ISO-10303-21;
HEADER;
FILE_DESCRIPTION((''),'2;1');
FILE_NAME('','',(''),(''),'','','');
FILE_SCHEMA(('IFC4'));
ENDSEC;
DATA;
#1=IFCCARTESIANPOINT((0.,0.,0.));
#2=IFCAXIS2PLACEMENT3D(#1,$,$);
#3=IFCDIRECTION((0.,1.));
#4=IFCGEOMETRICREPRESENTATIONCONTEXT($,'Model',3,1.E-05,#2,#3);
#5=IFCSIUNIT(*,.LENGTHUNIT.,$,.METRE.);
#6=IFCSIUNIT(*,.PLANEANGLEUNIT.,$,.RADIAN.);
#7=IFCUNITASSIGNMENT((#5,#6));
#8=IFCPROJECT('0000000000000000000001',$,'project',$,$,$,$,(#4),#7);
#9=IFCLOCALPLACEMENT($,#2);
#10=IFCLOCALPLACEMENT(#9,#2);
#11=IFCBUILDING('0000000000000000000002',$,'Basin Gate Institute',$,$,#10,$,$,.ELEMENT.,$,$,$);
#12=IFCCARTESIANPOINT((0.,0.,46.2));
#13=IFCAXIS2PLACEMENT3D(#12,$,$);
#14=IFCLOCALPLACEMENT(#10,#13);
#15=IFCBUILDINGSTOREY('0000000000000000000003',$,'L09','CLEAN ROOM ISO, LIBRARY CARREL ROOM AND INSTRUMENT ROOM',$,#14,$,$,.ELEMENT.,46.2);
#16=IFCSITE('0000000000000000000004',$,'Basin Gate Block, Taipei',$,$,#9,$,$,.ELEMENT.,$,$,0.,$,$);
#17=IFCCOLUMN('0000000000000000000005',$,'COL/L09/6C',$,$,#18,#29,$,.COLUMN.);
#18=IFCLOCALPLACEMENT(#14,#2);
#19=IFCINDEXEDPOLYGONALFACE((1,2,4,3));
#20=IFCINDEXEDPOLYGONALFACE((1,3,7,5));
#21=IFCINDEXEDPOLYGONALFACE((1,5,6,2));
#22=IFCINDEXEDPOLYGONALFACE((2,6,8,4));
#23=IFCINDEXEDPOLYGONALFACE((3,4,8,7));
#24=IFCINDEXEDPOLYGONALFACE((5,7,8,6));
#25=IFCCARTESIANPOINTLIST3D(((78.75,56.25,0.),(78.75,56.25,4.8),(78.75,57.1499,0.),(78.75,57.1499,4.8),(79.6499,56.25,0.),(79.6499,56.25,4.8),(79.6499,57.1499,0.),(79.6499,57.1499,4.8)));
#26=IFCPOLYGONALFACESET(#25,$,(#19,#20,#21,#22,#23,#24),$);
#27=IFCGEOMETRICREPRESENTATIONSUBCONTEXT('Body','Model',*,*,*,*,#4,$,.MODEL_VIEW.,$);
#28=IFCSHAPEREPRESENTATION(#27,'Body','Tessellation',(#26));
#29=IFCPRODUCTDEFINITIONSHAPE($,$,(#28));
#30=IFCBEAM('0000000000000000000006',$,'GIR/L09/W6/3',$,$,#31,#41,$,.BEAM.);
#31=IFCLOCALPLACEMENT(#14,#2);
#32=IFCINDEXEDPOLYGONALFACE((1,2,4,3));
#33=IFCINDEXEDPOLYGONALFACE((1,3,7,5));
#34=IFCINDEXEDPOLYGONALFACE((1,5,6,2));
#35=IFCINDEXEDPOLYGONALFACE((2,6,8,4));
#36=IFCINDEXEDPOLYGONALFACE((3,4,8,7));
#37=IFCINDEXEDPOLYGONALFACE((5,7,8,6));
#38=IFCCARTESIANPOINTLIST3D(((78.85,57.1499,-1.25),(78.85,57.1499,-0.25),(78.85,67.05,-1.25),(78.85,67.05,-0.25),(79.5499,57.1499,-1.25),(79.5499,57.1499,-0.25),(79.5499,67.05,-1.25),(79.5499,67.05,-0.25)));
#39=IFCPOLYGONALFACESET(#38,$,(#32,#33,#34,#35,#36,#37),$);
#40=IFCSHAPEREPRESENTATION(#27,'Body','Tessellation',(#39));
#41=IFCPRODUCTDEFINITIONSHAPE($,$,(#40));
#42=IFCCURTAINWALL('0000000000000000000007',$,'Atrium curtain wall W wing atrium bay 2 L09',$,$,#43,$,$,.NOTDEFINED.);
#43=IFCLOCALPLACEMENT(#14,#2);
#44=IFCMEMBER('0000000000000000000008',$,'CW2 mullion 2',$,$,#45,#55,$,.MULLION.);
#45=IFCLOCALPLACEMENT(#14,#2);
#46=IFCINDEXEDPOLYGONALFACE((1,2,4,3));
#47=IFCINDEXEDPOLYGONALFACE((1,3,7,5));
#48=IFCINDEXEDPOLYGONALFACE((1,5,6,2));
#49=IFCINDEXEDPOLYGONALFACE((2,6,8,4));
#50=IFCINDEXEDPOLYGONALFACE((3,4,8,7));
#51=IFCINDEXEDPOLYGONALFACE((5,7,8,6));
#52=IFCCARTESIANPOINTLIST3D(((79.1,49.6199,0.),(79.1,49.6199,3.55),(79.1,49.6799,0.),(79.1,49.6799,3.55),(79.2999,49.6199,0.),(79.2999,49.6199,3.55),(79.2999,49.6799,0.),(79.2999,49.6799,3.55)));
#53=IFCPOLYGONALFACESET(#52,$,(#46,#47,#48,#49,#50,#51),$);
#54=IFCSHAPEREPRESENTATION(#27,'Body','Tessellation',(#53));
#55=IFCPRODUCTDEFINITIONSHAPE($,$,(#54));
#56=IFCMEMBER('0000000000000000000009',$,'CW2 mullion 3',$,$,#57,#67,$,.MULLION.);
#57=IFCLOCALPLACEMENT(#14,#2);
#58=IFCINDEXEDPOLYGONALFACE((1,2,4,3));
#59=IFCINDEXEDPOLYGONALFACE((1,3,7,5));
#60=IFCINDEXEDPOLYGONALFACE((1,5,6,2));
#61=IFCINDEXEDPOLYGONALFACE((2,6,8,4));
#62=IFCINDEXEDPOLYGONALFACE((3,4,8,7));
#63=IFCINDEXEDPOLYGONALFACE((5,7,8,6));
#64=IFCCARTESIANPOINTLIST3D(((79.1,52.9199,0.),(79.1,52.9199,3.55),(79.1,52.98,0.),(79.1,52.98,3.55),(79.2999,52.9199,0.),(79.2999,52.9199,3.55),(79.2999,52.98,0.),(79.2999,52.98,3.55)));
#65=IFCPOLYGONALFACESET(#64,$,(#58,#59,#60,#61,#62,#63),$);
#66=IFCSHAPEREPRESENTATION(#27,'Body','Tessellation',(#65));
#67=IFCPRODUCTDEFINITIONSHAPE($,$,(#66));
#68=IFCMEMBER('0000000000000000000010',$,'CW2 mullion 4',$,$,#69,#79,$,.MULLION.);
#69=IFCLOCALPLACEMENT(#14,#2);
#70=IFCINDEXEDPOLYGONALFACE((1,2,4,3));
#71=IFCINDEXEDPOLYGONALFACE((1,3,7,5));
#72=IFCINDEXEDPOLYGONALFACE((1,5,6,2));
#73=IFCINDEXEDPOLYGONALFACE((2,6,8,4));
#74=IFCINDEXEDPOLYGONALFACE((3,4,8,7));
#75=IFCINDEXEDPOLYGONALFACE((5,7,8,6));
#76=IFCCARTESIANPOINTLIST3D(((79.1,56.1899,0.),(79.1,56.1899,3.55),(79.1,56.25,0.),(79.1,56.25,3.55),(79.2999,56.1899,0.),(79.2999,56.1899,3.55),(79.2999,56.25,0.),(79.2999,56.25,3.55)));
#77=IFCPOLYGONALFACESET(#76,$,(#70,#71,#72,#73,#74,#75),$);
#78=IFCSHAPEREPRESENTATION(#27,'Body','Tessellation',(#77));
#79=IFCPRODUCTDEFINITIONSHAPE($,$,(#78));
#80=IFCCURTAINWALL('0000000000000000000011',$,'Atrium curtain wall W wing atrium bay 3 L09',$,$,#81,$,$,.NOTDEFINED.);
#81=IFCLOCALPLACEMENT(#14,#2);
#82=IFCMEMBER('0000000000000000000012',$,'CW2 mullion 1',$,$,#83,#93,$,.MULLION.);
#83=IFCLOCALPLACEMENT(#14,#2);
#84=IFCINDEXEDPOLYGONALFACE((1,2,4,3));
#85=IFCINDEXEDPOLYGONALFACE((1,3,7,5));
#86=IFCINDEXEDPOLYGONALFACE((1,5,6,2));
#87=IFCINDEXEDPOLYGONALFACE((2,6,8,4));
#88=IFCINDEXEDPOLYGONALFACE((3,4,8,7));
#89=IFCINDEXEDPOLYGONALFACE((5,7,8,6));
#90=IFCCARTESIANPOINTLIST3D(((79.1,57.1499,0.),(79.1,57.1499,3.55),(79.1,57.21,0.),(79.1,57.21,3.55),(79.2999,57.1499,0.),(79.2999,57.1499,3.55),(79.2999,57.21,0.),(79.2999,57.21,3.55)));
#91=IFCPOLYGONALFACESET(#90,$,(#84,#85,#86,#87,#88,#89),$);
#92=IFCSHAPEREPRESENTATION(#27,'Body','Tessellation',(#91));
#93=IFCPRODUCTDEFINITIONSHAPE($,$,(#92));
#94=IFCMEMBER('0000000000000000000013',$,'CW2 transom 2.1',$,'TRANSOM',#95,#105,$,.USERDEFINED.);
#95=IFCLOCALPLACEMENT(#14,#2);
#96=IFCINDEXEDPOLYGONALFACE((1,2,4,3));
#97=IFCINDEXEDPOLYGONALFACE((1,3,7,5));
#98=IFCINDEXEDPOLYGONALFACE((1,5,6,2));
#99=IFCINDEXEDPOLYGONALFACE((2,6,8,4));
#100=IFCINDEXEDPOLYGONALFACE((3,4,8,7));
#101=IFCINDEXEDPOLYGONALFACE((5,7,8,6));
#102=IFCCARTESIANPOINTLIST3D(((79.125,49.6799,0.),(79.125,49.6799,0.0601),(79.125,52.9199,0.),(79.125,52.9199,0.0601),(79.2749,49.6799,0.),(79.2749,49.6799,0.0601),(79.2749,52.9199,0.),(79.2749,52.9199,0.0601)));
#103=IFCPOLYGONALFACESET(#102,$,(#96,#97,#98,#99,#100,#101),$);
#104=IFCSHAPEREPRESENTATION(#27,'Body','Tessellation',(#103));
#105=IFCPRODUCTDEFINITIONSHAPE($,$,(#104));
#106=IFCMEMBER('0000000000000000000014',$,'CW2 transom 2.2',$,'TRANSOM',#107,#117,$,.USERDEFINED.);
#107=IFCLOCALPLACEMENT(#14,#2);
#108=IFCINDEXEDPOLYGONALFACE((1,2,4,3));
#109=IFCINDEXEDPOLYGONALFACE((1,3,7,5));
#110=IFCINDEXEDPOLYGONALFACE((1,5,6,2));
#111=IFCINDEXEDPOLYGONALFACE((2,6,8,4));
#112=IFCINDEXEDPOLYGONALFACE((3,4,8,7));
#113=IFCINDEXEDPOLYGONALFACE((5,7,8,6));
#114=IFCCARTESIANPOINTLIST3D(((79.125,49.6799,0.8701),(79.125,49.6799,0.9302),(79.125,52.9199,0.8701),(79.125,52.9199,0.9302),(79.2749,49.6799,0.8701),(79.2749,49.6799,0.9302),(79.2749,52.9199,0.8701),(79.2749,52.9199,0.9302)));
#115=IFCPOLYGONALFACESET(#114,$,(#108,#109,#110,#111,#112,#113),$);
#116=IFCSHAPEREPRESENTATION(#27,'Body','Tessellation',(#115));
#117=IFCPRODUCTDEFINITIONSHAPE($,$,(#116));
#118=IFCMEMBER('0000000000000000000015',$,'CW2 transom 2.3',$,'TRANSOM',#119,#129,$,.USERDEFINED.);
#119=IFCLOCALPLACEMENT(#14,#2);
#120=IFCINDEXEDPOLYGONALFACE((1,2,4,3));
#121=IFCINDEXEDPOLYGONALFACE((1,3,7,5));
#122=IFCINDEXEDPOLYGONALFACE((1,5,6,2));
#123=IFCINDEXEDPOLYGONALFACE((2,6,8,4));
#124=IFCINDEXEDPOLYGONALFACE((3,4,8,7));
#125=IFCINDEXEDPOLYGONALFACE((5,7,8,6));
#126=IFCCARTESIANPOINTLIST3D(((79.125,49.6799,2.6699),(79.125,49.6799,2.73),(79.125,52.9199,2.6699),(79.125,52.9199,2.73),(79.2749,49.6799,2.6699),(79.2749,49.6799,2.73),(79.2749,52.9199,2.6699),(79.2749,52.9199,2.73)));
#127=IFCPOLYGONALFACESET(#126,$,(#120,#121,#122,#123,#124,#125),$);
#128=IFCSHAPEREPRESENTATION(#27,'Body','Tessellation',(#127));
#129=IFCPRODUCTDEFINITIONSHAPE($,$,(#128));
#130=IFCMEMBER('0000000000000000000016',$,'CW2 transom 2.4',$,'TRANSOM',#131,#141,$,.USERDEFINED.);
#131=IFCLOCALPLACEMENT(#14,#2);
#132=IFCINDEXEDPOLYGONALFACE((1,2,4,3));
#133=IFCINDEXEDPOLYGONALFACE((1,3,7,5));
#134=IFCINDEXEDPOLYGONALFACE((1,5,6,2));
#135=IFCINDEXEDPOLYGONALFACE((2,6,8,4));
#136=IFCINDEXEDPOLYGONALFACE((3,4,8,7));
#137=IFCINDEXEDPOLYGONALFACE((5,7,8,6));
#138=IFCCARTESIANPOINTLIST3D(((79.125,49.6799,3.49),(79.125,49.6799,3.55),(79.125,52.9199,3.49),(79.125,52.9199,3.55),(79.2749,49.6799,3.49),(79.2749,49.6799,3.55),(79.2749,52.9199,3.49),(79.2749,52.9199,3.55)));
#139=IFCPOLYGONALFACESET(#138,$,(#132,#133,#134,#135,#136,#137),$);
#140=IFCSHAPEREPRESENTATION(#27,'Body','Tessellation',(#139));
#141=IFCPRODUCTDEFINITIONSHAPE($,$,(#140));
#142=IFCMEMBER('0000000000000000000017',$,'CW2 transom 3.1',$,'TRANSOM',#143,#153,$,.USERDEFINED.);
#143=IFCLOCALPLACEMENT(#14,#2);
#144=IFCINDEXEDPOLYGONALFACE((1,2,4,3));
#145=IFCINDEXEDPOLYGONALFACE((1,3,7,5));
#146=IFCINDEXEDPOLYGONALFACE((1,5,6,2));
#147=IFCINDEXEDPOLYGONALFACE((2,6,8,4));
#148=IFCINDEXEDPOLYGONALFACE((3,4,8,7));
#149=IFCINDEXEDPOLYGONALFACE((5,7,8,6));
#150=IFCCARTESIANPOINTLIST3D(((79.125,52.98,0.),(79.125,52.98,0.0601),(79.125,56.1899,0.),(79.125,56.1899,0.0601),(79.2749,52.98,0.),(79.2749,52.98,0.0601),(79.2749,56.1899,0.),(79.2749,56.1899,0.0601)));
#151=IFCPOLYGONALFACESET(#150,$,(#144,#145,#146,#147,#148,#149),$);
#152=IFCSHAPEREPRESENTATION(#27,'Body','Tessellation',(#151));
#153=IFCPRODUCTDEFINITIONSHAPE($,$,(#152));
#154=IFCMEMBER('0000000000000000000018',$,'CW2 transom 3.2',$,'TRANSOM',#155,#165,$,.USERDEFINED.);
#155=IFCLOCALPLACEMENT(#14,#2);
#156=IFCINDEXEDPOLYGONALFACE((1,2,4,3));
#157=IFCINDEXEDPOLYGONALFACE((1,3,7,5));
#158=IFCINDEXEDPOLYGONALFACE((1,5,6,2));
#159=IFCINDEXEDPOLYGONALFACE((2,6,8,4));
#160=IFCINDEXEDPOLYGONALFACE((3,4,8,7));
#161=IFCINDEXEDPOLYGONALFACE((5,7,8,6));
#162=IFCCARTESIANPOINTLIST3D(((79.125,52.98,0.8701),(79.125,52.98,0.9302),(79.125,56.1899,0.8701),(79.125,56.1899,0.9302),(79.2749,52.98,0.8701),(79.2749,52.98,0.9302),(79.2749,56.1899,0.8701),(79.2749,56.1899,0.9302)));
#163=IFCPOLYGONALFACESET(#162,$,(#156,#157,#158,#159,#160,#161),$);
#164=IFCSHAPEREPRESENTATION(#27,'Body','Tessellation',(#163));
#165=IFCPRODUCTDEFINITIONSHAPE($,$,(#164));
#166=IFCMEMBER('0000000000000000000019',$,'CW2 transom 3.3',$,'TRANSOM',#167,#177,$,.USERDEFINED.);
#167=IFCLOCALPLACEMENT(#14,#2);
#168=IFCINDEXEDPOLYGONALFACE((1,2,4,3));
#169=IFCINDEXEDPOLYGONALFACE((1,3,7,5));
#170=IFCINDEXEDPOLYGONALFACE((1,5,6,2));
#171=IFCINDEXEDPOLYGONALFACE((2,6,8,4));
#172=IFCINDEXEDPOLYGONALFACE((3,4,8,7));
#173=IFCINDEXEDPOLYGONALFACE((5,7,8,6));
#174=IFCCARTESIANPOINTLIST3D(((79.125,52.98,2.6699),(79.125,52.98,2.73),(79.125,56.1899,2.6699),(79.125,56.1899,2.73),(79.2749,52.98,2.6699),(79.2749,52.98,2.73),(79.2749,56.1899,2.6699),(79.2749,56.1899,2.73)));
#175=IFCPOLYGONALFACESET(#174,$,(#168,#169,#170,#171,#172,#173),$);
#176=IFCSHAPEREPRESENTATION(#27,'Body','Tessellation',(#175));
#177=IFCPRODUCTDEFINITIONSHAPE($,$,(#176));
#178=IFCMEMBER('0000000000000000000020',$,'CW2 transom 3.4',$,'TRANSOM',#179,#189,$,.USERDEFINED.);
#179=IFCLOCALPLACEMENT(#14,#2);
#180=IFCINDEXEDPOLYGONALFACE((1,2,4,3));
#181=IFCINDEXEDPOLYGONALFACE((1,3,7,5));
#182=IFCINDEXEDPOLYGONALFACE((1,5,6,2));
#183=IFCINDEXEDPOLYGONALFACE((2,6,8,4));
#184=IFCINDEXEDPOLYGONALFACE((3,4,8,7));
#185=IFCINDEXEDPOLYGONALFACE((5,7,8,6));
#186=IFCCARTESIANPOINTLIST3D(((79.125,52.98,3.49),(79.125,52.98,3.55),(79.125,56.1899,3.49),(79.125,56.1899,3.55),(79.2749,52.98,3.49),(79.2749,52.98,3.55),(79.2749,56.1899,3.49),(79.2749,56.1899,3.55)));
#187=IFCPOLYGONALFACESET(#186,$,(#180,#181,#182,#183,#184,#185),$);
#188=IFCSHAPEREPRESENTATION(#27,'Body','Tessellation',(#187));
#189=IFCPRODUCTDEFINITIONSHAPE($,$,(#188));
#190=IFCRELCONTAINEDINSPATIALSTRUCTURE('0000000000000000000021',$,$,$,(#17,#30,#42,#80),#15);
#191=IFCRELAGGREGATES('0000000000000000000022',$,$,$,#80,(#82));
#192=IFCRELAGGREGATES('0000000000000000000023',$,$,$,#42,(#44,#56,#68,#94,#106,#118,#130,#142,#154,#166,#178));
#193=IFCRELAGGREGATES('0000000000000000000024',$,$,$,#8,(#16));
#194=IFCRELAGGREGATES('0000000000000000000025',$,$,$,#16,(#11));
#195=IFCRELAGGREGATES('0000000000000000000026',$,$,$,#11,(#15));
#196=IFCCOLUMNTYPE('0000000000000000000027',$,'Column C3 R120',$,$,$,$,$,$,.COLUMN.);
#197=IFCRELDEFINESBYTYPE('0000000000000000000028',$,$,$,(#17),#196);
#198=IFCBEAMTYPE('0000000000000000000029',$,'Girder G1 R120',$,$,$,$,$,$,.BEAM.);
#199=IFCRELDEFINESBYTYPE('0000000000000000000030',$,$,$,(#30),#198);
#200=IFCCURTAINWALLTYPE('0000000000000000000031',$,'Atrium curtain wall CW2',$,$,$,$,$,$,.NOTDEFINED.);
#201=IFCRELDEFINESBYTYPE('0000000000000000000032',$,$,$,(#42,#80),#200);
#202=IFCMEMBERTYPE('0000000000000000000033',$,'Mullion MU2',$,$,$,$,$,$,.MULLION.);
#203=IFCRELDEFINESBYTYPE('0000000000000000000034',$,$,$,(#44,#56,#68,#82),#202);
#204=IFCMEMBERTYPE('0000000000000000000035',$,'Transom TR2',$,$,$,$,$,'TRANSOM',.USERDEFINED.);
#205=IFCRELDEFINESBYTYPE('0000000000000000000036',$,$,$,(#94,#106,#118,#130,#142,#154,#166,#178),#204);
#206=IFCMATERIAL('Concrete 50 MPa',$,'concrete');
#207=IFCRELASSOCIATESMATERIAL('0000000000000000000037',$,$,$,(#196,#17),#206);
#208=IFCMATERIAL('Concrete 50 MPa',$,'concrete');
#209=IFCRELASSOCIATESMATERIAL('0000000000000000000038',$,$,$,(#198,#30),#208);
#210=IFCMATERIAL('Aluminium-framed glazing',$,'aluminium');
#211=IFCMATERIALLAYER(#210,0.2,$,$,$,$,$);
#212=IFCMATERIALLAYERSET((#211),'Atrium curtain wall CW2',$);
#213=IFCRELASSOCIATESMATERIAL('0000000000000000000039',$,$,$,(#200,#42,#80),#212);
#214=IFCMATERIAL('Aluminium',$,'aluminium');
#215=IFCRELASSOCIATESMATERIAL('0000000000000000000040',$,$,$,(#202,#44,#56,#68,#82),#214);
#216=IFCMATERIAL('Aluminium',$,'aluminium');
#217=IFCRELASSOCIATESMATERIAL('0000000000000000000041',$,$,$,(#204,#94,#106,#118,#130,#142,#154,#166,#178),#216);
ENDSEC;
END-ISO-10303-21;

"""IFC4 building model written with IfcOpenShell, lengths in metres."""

from ifc_helpers import new_model, si_unit, direction, frame, origin, origin_2d, place, context, subcontext, project, spatial, rectangle, extrude, material, layer, layer_set, material_profile, profile_set, type_object, element, aggregate, save


model = new_model("IFC4")

# Units and contexts
model_context = context("Model", 3, precision=1e-05, world=origin(), true_north=direction((0.0, 1.0)))
body_context = subcontext(model_context, "Body", "Model", "MODEL_VIEW")
ifc_project = project(units=[si_unit("LENGTHUNIT", "METRE"), si_unit("PLANEANGLEUNIT", "RADIAN")], contexts=[model_context])

# Site, building, storey
site_placement = place(None, origin())
site = spatial("IfcSite", under=ifc_project, at=site_placement, Name="Basin Gate Block, Taipei", CompositionType="ELEMENT", RefElevation=0.0)
building_placement = place(site_placement, origin())
building = spatial("IfcBuilding", under=site, at=building_placement, Name="Basin Gate Institute", CompositionType="ELEMENT")
storey_placement = place(building_placement, frame((0.0, 0.0, 46.2)))
storey = spatial("IfcBuildingStorey", under=building, at=storey_placement, Name="L09", Description="CLEAN ROOM ISO, LIBRARY CARREL ROOM AND INSTRUMENT ROOM", CompositionType="ELEMENT", Elevation=46.2)

# Column
ifc_material_1 = material(Name="Concrete 50 MPa", Category="concrete")
ifc_material_profile_1 = material_profile(ifc_material_1, rectangle(XDim=0.8999, YDim=0.8999, at=origin_2d()), Name="Column C3 900 x 900")
ifc_profile_set_1 = profile_set([ifc_material_profile_1], Name="Concrete 50 MPa")
column_type = type_object("IfcColumnType", Name="Column C3 R120", PredefinedType="COLUMN", material=ifc_profile_set_1)
column_placement = place(storey_placement, frame((79.2, 56.7, 0.0), z_axis=(0.0, 0.0, 1.0), x_axis=(1.0, 0.0, 0.0)))
element("IfcColumn", 1, at=column_placement, inside=storey, type_object=column_type, material=ifc_profile_set_1, Name="COL/L09/6C", PredefinedType="COLUMN", context=body_context, shape_type="SweptSolid", body=[
    extrude(rectangle(XDim=0.8999, YDim=0.8999, at=origin_2d()), origin(), (0.0, 0.0, 1.0), 4.8),
])

# Beam
ifc_material_2 = material(Name="Concrete 50 MPa", Category="concrete")
ifc_material_profile_2 = material_profile(ifc_material_2, rectangle(XDim=0.7, YDim=1.0, at=origin_2d()), Name="Girder G1 700 x 1000")
ifc_profile_set_2 = profile_set([ifc_material_profile_2], Name="Concrete 50 MPa")
beam_type = type_object("IfcBeamType", Name="Girder G1 R120", PredefinedType="BEAM", material=ifc_profile_set_2)
beam_placement = place(storey_placement, frame((79.2, 57.1499, -0.75), z_axis=(0.0, 1.0, 0.0), x_axis=(-1.0, 0.0, 0.0)))
element("IfcBeam", 2, at=beam_placement, inside=storey, type_object=beam_type, material=ifc_profile_set_2, Name="GIR/L09/W6/3", PredefinedType="BEAM", context=body_context, shape_type="SweptSolid", body=[
    extrude(rectangle(XDim=0.7, YDim=1.0, at=origin_2d()), origin(), (0.0, 0.0, 1.0), 9.9001),
])

# Curtain wall, members
ifc_material_3 = material(Name="Aluminium-framed glazing", Category="aluminium")
ifc_layer_1 = layer(ifc_material_3, 0.2)
ifc_layer_set_1 = layer_set([ifc_layer_1], Name="Atrium curtain wall CW2")
curtain_wall_type = type_object("IfcCurtainWallType", Name="Atrium curtain wall CW2", PredefinedType="NOTDEFINED", material=ifc_layer_set_1)
curtain_wall_1_placement = place(storey_placement, origin())
curtain_wall_1 = element("IfcCurtainWall", 3, at=curtain_wall_1_placement, inside=storey, type_object=curtain_wall_type, material=ifc_layer_set_1, Name="Atrium curtain wall W wing atrium bay 2 L09", PredefinedType="NOTDEFINED")
ifc_material_4 = material(Name="Aluminium", Category="aluminium")
ifc_material_profile_3 = material_profile(ifc_material_4, rectangle(XDim=0.2, YDim=0.0601, at=origin_2d()), Name="Mullion MU2 200 x 60")
ifc_profile_set_3 = profile_set([ifc_material_profile_3], Name="Aluminium")
member_type_1 = type_object("IfcMemberType", Name="Mullion MU2", PredefinedType="MULLION", material=ifc_profile_set_3)
member_1_placement = place(storey_placement, frame((79.2, 49.6499, 0.0), z_axis=(0.0, 0.0, 1.0), x_axis=(-1.0, 0.0, 0.0)))
member_1 = element("IfcMember", 4, at=member_1_placement, type_object=member_type_1, material=ifc_profile_set_3, Name="CW2 mullion 2", PredefinedType="MULLION", context=body_context, shape_type="SweptSolid", body=[
    extrude(rectangle(XDim=0.2, YDim=0.0601, at=origin_2d()), origin(), (0.0, 0.0, 1.0), 3.55),
])
member_2_placement = place(storey_placement, frame((79.2, 52.95, 0.0), z_axis=(0.0, 0.0, 1.0), x_axis=(-1.0, 0.0, 0.0)))
member_2 = element("IfcMember", 5, at=member_2_placement, type_object=member_type_1, material=ifc_profile_set_3, Name="CW2 mullion 3", PredefinedType="MULLION", context=body_context, shape_type="SweptSolid", body=[
    extrude(rectangle(XDim=0.2, YDim=0.0601, at=origin_2d()), origin(), (0.0, 0.0, 1.0), 3.55),
])
member_3_placement = place(storey_placement, frame((79.2, 56.22, 0.0), z_axis=(0.0, 0.0, 1.0), x_axis=(-1.0, 0.0, 0.0)))
member_3 = element("IfcMember", 6, at=member_3_placement, type_object=member_type_1, material=ifc_profile_set_3, Name="CW2 mullion 4", PredefinedType="MULLION", context=body_context, shape_type="SweptSolid", body=[
    extrude(rectangle(XDim=0.2, YDim=0.0601, at=origin_2d()), origin(), (0.0, 0.0, 1.0), 3.55),
])

# Curtain wall, member
curtain_wall_2_placement = place(storey_placement, origin())
curtain_wall_2 = element("IfcCurtainWall", 7, at=curtain_wall_2_placement, inside=storey, type_object=curtain_wall_type, material=ifc_layer_set_1, Name="Atrium curtain wall W wing atrium bay 3 L09", PredefinedType="NOTDEFINED")
member_4_placement = place(storey_placement, frame((79.2, 57.1799, 0.0), z_axis=(0.0, 0.0, 1.0), x_axis=(-1.0, 0.0, 0.0)))
member_4 = element("IfcMember", 8, at=member_4_placement, type_object=member_type_1, material=ifc_profile_set_3, Name="CW2 mullion 1", PredefinedType="MULLION", context=body_context, shape_type="SweptSolid", body=[
    extrude(rectangle(XDim=0.2, YDim=0.0601, at=origin_2d()), origin(), (0.0, 0.0, 1.0), 3.55),
])

# Members
ifc_material_5 = material(Name="Aluminium", Category="aluminium")
ifc_material_profile_4 = material_profile(ifc_material_5, rectangle(XDim=0.1499, YDim=0.0601, at=origin_2d()), Name="Transom TR2 150 x 60")
ifc_profile_set_4 = profile_set([ifc_material_profile_4], Name="Aluminium")
member_type_2 = type_object("IfcMemberType", Name="Transom TR2", ElementType="TRANSOM", PredefinedType="USERDEFINED", material=ifc_profile_set_4)
member_5_placement = place(storey_placement, frame((79.2, 49.6799, 0.03), z_axis=(0.0, 1.0, 0.0), x_axis=(-1.0, 0.0, 0.0)))
member_5 = element("IfcMember", 9, at=member_5_placement, type_object=member_type_2, material=ifc_profile_set_4, Name="CW2 transom 2.1", ObjectType="TRANSOM", PredefinedType="USERDEFINED", context=body_context, shape_type="SweptSolid", body=[
    extrude(rectangle(XDim=0.1499, YDim=0.0601, at=origin_2d()), origin(), (0.0, 0.0, 1.0), 3.24),
])
member_6_placement = place(storey_placement, frame((79.2, 49.6799, 0.9001), z_axis=(0.0, 1.0, 0.0), x_axis=(-1.0, 0.0, 0.0)))
member_6 = element("IfcMember", 10, at=member_6_placement, type_object=member_type_2, material=ifc_profile_set_4, Name="CW2 transom 2.2", ObjectType="TRANSOM", PredefinedType="USERDEFINED", context=body_context, shape_type="SweptSolid", body=[
    extrude(rectangle(XDim=0.1499, YDim=0.0601, at=origin_2d()), origin(), (0.0, 0.0, 1.0), 3.24),
])
member_7_placement = place(storey_placement, frame((79.2, 49.6799, 2.7), z_axis=(0.0, 1.0, 0.0), x_axis=(-1.0, 0.0, 0.0)))
member_7 = element("IfcMember", 11, at=member_7_placement, type_object=member_type_2, material=ifc_profile_set_4, Name="CW2 transom 2.3", ObjectType="TRANSOM", PredefinedType="USERDEFINED", context=body_context, shape_type="SweptSolid", body=[
    extrude(rectangle(XDim=0.1499, YDim=0.0601, at=origin_2d()), origin(), (0.0, 0.0, 1.0), 3.24),
])
member_8_placement = place(storey_placement, frame((79.2, 49.6799, 3.52), z_axis=(0.0, 1.0, 0.0), x_axis=(-1.0, 0.0, 0.0)))
member_8 = element("IfcMember", 12, at=member_8_placement, type_object=member_type_2, material=ifc_profile_set_4, Name="CW2 transom 2.4", ObjectType="TRANSOM", PredefinedType="USERDEFINED", context=body_context, shape_type="SweptSolid", body=[
    extrude(rectangle(XDim=0.1499, YDim=0.0601, at=origin_2d()), origin(), (0.0, 0.0, 1.0), 3.24),
])
member_9_placement = place(storey_placement, frame((79.2, 52.98, 0.03), z_axis=(0.0, 1.0, 0.0), x_axis=(-1.0, 0.0, 0.0)))
member_9 = element("IfcMember", 13, at=member_9_placement, type_object=member_type_2, material=ifc_profile_set_4, Name="CW2 transom 3.1", ObjectType="TRANSOM", PredefinedType="USERDEFINED", context=body_context, shape_type="SweptSolid", body=[
    extrude(rectangle(XDim=0.1499, YDim=0.0601, at=origin_2d()), origin(), (0.0, 0.0, 1.0), 3.21),
])
member_10_placement = place(storey_placement, frame((79.2, 52.98, 0.9001), z_axis=(0.0, 1.0, 0.0), x_axis=(-1.0, 0.0, 0.0)))
member_10 = element("IfcMember", 14, at=member_10_placement, type_object=member_type_2, material=ifc_profile_set_4, Name="CW2 transom 3.2", ObjectType="TRANSOM", PredefinedType="USERDEFINED", context=body_context, shape_type="SweptSolid", body=[
    extrude(rectangle(XDim=0.1499, YDim=0.0601, at=origin_2d()), origin(), (0.0, 0.0, 1.0), 3.21),
])
member_11_placement = place(storey_placement, frame((79.2, 52.98, 2.7), z_axis=(0.0, 1.0, 0.0), x_axis=(-1.0, 0.0, 0.0)))
member_11 = element("IfcMember", 15, at=member_11_placement, type_object=member_type_2, material=ifc_profile_set_4, Name="CW2 transom 3.3", ObjectType="TRANSOM", PredefinedType="USERDEFINED", context=body_context, shape_type="SweptSolid", body=[
    extrude(rectangle(XDim=0.1499, YDim=0.0601, at=origin_2d()), origin(), (0.0, 0.0, 1.0), 3.21),
])
member_12_placement = place(storey_placement, frame((79.2, 52.98, 3.52), z_axis=(0.0, 1.0, 0.0), x_axis=(-1.0, 0.0, 0.0)))
member_12 = element("IfcMember", 16, at=member_12_placement, type_object=member_type_2, material=ifc_profile_set_4, Name="CW2 transom 3.4", ObjectType="TRANSOM", PredefinedType="USERDEFINED", context=body_context, shape_type="SweptSolid", body=[
    extrude(rectangle(XDim=0.1499, YDim=0.0601, at=origin_2d()), origin(), (0.0, 0.0, 1.0), 3.21),
])
aggregate(curtain_wall_2, [member_4])

aggregate(curtain_wall_1, [member_1, member_2, member_3, member_5, member_6, member_7, member_8, member_9, member_10, member_11, member_12])

save(model, "model.ifc")
